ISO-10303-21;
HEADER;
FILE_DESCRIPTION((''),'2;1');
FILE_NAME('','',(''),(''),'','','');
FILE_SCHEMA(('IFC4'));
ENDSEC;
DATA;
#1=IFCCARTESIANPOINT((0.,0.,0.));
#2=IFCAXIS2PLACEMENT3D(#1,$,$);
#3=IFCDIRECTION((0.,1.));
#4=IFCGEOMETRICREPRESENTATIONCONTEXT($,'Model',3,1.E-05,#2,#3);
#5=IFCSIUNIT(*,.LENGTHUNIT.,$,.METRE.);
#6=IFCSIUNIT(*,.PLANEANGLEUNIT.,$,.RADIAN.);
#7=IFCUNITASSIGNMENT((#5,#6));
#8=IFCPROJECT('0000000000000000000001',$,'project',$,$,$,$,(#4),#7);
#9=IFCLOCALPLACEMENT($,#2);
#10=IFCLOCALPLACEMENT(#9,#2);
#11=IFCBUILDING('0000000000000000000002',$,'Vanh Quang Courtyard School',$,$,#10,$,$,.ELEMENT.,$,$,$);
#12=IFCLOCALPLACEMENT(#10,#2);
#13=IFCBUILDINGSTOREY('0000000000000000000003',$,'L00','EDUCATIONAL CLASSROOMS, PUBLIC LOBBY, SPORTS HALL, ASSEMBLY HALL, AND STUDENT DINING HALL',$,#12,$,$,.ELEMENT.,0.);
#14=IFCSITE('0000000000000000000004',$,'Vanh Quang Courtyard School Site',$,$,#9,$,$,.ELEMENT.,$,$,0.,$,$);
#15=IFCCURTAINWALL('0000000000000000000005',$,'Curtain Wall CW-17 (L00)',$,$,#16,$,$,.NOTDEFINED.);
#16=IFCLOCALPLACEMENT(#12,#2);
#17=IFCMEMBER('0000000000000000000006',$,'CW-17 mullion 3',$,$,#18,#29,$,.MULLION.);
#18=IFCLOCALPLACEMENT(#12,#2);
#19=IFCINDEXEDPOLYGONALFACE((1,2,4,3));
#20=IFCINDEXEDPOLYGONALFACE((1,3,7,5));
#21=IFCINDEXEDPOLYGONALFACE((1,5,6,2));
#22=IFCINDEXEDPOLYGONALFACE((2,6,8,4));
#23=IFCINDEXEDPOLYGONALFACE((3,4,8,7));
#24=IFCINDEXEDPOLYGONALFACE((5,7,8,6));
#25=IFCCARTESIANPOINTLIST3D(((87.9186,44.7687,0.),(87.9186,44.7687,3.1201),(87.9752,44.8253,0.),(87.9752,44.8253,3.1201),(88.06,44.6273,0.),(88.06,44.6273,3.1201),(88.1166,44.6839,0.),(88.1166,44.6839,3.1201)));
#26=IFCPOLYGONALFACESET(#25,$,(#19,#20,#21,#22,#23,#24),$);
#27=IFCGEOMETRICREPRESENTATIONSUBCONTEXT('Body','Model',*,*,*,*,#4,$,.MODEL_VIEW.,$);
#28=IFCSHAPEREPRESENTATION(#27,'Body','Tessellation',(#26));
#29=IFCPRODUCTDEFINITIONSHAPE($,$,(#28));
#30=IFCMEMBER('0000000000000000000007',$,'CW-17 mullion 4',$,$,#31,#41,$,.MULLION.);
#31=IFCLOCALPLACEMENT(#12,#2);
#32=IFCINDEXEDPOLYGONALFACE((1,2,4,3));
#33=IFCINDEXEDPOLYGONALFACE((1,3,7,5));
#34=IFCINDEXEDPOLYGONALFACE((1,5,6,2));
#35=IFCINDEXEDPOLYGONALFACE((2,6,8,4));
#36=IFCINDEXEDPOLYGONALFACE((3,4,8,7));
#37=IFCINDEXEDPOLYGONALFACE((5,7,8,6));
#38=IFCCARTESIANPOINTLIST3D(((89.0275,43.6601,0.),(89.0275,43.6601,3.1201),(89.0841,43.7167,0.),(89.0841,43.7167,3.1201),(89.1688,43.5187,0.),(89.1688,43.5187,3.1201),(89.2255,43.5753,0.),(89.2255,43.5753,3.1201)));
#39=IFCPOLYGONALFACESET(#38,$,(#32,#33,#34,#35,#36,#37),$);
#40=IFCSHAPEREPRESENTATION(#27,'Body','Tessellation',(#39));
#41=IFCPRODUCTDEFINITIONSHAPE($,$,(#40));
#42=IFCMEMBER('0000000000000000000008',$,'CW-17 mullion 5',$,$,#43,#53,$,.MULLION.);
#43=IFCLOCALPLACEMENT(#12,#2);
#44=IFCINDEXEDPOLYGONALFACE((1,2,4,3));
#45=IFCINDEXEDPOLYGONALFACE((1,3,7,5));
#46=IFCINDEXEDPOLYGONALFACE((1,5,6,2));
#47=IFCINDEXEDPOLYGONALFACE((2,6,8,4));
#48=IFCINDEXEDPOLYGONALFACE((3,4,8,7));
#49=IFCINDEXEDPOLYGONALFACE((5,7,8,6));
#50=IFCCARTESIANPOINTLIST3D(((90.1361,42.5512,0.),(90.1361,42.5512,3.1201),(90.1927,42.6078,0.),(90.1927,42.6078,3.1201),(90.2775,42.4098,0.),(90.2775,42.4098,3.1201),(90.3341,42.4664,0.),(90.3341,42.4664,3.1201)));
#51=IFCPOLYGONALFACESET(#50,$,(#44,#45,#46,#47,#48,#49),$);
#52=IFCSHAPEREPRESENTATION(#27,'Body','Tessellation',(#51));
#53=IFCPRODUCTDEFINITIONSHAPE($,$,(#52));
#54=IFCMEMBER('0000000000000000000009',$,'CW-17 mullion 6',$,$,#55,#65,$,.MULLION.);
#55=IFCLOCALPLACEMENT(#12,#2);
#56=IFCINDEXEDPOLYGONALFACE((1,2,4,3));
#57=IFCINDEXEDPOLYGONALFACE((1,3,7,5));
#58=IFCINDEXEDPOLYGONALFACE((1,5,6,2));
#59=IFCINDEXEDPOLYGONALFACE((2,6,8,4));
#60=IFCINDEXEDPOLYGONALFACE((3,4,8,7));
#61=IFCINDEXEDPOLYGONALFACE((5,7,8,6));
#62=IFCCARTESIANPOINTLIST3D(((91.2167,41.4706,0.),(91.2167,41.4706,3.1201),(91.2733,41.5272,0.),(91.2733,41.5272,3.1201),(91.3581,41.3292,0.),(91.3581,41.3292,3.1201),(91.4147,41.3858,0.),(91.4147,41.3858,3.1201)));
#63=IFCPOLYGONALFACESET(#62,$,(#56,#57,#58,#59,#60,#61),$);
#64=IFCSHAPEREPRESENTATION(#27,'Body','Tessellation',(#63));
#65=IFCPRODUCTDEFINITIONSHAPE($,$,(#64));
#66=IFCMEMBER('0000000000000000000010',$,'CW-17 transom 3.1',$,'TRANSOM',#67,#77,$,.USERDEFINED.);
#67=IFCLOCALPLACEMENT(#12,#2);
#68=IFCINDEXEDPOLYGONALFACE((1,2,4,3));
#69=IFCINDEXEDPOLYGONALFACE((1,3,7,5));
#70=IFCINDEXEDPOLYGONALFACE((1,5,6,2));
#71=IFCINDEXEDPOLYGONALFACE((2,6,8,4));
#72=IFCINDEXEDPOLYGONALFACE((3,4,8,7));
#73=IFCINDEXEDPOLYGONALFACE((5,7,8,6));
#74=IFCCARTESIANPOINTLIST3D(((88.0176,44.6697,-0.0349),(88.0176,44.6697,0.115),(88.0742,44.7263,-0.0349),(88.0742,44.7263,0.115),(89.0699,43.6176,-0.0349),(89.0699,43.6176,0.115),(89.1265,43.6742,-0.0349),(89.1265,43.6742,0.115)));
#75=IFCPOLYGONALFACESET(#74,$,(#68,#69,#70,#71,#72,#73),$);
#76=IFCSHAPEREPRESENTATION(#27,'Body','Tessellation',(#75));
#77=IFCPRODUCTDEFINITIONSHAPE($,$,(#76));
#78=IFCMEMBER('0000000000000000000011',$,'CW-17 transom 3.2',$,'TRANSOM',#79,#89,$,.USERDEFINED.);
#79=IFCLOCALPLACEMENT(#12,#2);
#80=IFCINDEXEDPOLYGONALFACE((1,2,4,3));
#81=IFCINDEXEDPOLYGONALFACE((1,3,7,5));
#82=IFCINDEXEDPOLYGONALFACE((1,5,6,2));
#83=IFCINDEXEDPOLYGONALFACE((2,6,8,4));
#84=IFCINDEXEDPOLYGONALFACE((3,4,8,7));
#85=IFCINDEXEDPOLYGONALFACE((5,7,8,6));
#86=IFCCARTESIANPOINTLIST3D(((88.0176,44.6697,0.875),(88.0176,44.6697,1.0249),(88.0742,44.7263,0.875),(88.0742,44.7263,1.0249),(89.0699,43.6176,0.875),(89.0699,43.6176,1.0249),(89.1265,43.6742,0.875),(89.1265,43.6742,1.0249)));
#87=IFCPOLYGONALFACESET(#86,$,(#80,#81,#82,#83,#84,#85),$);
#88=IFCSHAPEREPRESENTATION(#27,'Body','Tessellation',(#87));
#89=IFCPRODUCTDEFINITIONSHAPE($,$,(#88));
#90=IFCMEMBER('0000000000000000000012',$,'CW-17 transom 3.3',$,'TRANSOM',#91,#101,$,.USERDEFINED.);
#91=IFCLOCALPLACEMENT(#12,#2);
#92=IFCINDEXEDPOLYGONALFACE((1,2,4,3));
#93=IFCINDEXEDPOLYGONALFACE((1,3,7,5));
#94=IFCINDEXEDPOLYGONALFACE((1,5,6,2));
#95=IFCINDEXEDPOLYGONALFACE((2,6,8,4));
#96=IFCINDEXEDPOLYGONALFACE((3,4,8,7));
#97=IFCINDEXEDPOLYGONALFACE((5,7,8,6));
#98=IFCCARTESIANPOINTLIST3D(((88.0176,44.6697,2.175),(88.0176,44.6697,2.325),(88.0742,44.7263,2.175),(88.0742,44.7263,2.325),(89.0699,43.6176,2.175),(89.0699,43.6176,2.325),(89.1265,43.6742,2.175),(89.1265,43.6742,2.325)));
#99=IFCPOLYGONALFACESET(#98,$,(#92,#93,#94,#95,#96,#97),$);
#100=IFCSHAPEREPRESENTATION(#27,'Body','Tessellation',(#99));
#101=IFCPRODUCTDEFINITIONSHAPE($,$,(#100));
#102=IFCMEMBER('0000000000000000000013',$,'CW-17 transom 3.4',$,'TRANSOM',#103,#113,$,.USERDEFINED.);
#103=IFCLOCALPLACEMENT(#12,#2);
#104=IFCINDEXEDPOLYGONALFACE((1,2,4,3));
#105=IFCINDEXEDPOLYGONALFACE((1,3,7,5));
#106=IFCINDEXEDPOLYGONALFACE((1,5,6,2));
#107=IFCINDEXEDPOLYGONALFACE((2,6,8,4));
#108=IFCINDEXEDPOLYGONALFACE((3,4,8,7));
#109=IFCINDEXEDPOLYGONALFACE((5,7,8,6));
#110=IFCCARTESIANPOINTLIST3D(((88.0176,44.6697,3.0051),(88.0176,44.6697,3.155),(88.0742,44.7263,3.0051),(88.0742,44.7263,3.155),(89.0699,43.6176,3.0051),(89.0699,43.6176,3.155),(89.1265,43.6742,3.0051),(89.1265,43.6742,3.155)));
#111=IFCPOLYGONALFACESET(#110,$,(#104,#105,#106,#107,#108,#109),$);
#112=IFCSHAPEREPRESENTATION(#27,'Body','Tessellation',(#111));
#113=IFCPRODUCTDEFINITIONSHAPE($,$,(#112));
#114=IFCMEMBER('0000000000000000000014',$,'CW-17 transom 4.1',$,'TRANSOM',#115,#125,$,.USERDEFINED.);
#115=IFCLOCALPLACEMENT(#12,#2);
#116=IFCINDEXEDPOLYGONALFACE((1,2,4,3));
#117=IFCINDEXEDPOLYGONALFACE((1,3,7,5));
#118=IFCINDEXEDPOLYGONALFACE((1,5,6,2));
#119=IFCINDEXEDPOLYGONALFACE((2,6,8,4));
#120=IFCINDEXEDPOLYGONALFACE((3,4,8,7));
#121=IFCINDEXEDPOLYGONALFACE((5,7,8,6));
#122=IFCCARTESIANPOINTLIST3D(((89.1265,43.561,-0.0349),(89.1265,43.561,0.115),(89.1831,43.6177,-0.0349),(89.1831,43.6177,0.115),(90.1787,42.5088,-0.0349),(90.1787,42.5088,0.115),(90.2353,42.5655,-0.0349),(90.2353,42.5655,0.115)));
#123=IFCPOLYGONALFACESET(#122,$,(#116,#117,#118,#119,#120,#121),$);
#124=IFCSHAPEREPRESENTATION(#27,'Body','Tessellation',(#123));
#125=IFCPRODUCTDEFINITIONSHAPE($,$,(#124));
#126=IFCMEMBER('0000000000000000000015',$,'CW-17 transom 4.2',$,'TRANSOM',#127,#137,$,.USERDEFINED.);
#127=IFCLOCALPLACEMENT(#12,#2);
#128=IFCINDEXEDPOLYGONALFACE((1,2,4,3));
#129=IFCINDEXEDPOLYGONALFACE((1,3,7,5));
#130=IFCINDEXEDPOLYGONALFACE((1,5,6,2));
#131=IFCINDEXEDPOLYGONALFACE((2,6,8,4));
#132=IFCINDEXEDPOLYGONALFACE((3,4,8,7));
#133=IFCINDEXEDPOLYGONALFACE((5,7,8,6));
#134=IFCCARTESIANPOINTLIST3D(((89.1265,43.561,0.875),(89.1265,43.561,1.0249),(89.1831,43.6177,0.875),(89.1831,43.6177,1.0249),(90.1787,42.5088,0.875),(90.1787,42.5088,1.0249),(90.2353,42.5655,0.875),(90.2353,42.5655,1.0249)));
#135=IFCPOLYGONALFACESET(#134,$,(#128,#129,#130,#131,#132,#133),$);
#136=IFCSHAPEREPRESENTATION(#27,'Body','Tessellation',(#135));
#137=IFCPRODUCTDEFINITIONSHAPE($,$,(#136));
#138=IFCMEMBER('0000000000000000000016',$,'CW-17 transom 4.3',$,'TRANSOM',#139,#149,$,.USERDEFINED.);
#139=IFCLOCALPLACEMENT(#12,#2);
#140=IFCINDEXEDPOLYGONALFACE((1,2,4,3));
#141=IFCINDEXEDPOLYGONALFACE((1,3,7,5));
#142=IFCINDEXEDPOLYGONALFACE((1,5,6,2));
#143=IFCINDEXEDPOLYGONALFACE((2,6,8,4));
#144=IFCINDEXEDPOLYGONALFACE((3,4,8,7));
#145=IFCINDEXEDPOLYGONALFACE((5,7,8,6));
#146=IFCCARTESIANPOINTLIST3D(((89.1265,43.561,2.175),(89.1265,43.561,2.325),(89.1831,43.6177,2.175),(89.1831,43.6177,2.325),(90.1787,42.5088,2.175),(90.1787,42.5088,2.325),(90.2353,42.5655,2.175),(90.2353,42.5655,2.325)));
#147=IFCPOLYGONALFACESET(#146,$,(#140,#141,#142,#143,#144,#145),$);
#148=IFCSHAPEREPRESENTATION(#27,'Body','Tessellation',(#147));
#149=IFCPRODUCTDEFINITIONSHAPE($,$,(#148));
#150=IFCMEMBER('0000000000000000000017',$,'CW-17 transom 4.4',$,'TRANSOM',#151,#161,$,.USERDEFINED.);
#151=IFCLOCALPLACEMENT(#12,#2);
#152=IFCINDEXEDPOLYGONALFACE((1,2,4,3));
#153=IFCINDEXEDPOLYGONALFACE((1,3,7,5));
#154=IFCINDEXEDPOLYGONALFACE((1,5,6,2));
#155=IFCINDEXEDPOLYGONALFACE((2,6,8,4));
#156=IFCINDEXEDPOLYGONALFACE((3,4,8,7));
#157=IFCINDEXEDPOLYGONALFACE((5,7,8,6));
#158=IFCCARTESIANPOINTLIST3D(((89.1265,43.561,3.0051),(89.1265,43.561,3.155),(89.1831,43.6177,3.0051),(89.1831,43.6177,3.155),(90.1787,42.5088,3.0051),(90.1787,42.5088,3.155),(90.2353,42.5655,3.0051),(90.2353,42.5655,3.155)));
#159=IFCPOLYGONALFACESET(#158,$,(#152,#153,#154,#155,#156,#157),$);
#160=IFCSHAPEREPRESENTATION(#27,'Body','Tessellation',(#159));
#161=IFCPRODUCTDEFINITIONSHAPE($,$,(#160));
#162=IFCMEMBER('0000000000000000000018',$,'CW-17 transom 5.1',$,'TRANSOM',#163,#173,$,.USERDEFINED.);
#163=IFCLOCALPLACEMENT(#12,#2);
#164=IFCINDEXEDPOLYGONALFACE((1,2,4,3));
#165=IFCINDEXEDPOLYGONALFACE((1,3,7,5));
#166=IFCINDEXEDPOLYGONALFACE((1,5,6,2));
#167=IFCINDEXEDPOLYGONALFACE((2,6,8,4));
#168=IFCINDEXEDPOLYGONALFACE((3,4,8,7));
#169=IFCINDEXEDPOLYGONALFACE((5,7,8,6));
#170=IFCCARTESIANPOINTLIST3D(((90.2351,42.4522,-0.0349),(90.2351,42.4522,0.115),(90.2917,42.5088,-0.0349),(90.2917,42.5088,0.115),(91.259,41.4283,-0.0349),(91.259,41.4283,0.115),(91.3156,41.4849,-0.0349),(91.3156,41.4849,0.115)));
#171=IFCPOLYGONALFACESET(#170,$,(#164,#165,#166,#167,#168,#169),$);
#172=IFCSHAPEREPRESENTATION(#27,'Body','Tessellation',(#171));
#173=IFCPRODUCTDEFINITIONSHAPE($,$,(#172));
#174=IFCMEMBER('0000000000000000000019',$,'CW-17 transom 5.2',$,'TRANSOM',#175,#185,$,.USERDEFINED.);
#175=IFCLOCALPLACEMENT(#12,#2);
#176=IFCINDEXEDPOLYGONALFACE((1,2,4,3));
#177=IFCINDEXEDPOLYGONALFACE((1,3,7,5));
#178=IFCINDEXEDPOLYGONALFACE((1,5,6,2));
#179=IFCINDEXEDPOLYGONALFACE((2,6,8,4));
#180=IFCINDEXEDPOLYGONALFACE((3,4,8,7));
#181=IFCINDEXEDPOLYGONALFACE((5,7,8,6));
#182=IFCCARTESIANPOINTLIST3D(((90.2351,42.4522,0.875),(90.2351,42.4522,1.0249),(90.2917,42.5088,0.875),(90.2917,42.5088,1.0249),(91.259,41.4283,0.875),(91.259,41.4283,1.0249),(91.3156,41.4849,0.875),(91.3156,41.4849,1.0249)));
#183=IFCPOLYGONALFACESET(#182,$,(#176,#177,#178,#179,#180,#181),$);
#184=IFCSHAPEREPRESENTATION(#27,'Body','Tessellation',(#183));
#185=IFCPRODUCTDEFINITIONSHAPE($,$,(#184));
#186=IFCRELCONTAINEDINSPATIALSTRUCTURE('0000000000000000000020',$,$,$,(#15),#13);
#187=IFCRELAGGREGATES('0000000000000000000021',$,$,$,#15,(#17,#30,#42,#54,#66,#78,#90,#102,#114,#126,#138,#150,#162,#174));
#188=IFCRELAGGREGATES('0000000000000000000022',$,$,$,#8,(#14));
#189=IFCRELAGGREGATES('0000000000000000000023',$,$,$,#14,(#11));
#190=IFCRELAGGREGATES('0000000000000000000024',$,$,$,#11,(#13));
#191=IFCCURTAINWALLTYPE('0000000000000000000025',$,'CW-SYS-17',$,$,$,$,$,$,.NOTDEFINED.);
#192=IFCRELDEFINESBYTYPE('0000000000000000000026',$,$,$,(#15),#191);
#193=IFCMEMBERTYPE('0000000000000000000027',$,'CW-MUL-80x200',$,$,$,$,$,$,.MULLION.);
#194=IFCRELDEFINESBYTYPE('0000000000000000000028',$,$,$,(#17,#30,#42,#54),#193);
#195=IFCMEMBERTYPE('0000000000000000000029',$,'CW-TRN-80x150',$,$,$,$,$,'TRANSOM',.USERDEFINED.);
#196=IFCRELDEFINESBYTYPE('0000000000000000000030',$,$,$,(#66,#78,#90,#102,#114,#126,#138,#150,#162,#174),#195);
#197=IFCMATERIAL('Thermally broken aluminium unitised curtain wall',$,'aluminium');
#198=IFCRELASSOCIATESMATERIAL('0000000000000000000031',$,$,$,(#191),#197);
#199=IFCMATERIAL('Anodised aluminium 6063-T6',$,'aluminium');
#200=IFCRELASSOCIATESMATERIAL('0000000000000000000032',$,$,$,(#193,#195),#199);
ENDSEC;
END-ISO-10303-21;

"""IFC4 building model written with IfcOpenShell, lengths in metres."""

from ifc_helpers import new_model, si_unit, direction, frame, origin, origin_2d, place, context, subcontext, project, spatial, rectangle, extrude, material, material_profile, profile_set, type_object, element, aggregate, save


model = new_model("IFC4")

# Units and contexts
model_context = context("Model", 3, precision=1e-05, world=origin(), true_north=direction((0.0, 1.0)))
body_context = subcontext(model_context, "Body", "Model", "MODEL_VIEW")
ifc_project = project(units=[si_unit("LENGTHUNIT", "METRE"), si_unit("PLANEANGLEUNIT", "RADIAN")], contexts=[model_context])

# Site, building, storey
site_placement = place(None, origin())
site = spatial("IfcSite", under=ifc_project, at=site_placement, Name="Vanh Quang Courtyard School Site", CompositionType="ELEMENT", RefElevation=0.0)
building_placement = place(site_placement, origin())
building = spatial("IfcBuilding", under=site, at=building_placement, Name="Vanh Quang Courtyard School", CompositionType="ELEMENT")
storey_placement = place(building_placement, origin())
storey = spatial("IfcBuildingStorey", under=building, at=storey_placement, Name="L00", Description="EDUCATIONAL CLASSROOMS, PUBLIC LOBBY, SPORTS HALL, ASSEMBLY HALL, AND STUDENT DINING HALL", CompositionType="ELEMENT", Elevation=0.0)

# Curtain wall, members
ifc_material_1 = material(Name="Thermally broken aluminium unitised curtain wall", Category="aluminium")
curtain_wall_type = type_object("IfcCurtainWallType", Name="CW-SYS-17", PredefinedType="NOTDEFINED", material=ifc_material_1)
curtain_wall_placement = place(storey_placement, origin())
curtain_wall = element("IfcCurtainWall", 1, at=curtain_wall_placement, inside=storey, type_object=curtain_wall_type, Name="Curtain Wall CW-17 (L00)", PredefinedType="NOTDEFINED")
ifc_material_2 = material(Name="Anodised aluminium 6063-T6", Category="aluminium")
ifc_material_profile_1 = material_profile(ifc_material_2, rectangle(XDim=0.0801, YDim=0.2, at=origin_2d()), Name="ALU-MUL 80x200")
ifc_profile_set_1 = profile_set([ifc_material_profile_1], Name="Anodised aluminium 6063-T6")
member_type_1 = type_object("IfcMemberType", Name="CW-MUL-80x200", PredefinedType="MULLION", material=ifc_profile_set_1)
member_1_placement = place(storey_placement, frame((88.0176, 44.7263, 0.0), z_axis=(0.0, 0.0, 1.0), x_axis=(0.707107, 0.707107, 0.0)))
member_1 = element("IfcMember", 2, at=member_1_placement, type_object=member_type_1, Name="CW-17 mullion 3", PredefinedType="MULLION", context=body_context, shape_type="SweptSolid", body=[
    extrude(rectangle(XDim=0.0801, YDim=0.2, at=origin_2d()), origin(), (0.0, 0.0, 1.0), 3.1201),
])
member_2_placement = place(storey_placement, frame((89.1265, 43.6177, 0.0), z_axis=(0.0, 0.0, 1.0), x_axis=(0.707107, 0.707107, 0.0)))
member_2 = element("IfcMember", 3, at=member_2_placement, type_object=member_type_1, Name="CW-17 mullion 4", PredefinedType="MULLION", context=body_context, shape_type="SweptSolid", body=[
    extrude(rectangle(XDim=0.0801, YDim=0.2, at=origin_2d()), origin(), (0.0, 0.0, 1.0), 3.1201),
])
member_3_placement = place(storey_placement, frame((90.2351, 42.5088, 0.0), z_axis=(0.0, 0.0, 1.0), x_axis=(0.707107, 0.707107, 0.0)))
member_3 = element("IfcMember", 4, at=member_3_placement, type_object=member_type_1, Name="CW-17 mullion 5", PredefinedType="MULLION", context=body_context, shape_type="SweptSolid", body=[
    extrude(rectangle(XDim=0.0801, YDim=0.2, at=origin_2d()), origin(), (0.0, 0.0, 1.0), 3.1201),
])
member_4_placement = place(storey_placement, frame((91.3157, 41.4282, 0.0), z_axis=(0.0, 0.0, 1.0), x_axis=(0.707107, 0.707107, 0.0)))
member_4 = element("IfcMember", 5, at=member_4_placement, type_object=member_type_1, Name="CW-17 mullion 6", PredefinedType="MULLION", context=body_context, shape_type="SweptSolid", body=[
    extrude(rectangle(XDim=0.0801, YDim=0.2, at=origin_2d()), origin(), (0.0, 0.0, 1.0), 3.1201),
])
ifc_material_profile_2 = material_profile(ifc_material_2, rectangle(XDim=0.0801, YDim=0.1499, at=origin_2d()), Name="ALU-TRN 80x150")
ifc_profile_set_2 = profile_set([ifc_material_profile_2], Name="Anodised aluminium 6063-T6")
member_type_2 = type_object("IfcMemberType", Name="CW-TRN-80x150", ElementType="TRANSOM", PredefinedType="USERDEFINED", material=ifc_profile_set_2)
member_5_placement = place(storey_placement, frame((88.0459, 44.698, 0.04), z_axis=(0.707189, -0.707025, 0.0), x_axis=(0.707025, 0.707189, 0.0)))
member_5 = element("IfcMember", 6, at=member_5_placement, type_object=member_type_2, Name="CW-17 transom 3.1", ObjectType="TRANSOM", PredefinedType="USERDEFINED", context=body_context, shape_type="SweptSolid", body=[
    extrude(rectangle(XDim=0.0801, YDim=0.1499, at=origin_2d()), origin(), (0.0, 0.0, 1.0), 1.488),
])
member_6_placement = place(storey_placement, frame((88.0459, 44.698, 0.95), z_axis=(0.707189, -0.707025, 0.0), x_axis=(0.707025, 0.707189, 0.0)))
member_6 = element("IfcMember", 7, at=member_6_placement, type_object=member_type_2, Name="CW-17 transom 3.2", ObjectType="TRANSOM", PredefinedType="USERDEFINED", context=body_context, shape_type="SweptSolid", body=[
    extrude(rectangle(XDim=0.0801, YDim=0.1499, at=origin_2d()), origin(), (0.0, 0.0, 1.0), 1.488),
])
member_7_placement = place(storey_placement, frame((88.0459, 44.698, 2.25), z_axis=(0.707189, -0.707025, 0.0), x_axis=(0.707025, 0.707189, 0.0)))
member_7 = element("IfcMember", 8, at=member_7_placement, type_object=member_type_2, Name="CW-17 transom 3.3", ObjectType="TRANSOM", PredefinedType="USERDEFINED", context=body_context, shape_type="SweptSolid", body=[
    extrude(rectangle(XDim=0.0801, YDim=0.1499, at=origin_2d()), origin(), (0.0, 0.0, 1.0), 1.488),
])
member_8_placement = place(storey_placement, frame((88.0459, 44.698, 3.0801), z_axis=(0.707189, -0.707025, 0.0), x_axis=(0.707025, 0.707189, 0.0)))
member_8 = element("IfcMember", 9, at=member_8_placement, type_object=member_type_2, Name="CW-17 transom 3.4", ObjectType="TRANSOM", PredefinedType="USERDEFINED", context=body_context, shape_type="SweptSolid", body=[
    extrude(rectangle(XDim=0.0801, YDim=0.1499, at=origin_2d()), origin(), (0.0, 0.0, 1.0), 1.488),
])
member_9_placement = place(storey_placement, frame((89.1548, 43.5894, 0.04), z_axis=(0.707107, -0.707107, 0.0), x_axis=(0.707107, 0.707107, 0.0)))
member_9 = element("IfcMember", 10, at=member_9_placement, type_object=member_type_2, Name="CW-17 transom 4.1", ObjectType="TRANSOM", PredefinedType="USERDEFINED", context=body_context, shape_type="SweptSolid", body=[
    extrude(rectangle(XDim=0.0801, YDim=0.1499, at=origin_2d()), origin(), (0.0, 0.0, 1.0), 1.488),
])
member_10_placement = place(storey_placement, frame((89.1548, 43.5894, 0.95), z_axis=(0.707107, -0.707107, 0.0), x_axis=(0.707107, 0.707107, 0.0)))
member_10 = element("IfcMember", 11, at=member_10_placement, type_object=member_type_2, Name="CW-17 transom 4.2", ObjectType="TRANSOM", PredefinedType="USERDEFINED", context=body_context, shape_type="SweptSolid", body=[
    extrude(rectangle(XDim=0.0801, YDim=0.1499, at=origin_2d()), origin(), (0.0, 0.0, 1.0), 1.488),
])
member_11_placement = place(storey_placement, frame((89.1548, 43.5894, 2.25), z_axis=(0.707107, -0.707107, 0.0), x_axis=(0.707107, 0.707107, 0.0)))
member_11 = element("IfcMember", 12, at=member_11_placement, type_object=member_type_2, Name="CW-17 transom 4.3", ObjectType="TRANSOM", PredefinedType="USERDEFINED", context=body_context, shape_type="SweptSolid", body=[
    extrude(rectangle(XDim=0.0801, YDim=0.1499, at=origin_2d()), origin(), (0.0, 0.0, 1.0), 1.488),
])
member_12_placement = place(storey_placement, frame((89.1548, 43.5894, 3.0801), z_axis=(0.707107, -0.707107, 0.0), x_axis=(0.707107, 0.707107, 0.0)))
member_12 = element("IfcMember", 13, at=member_12_placement, type_object=member_type_2, Name="CW-17 transom 4.4", ObjectType="TRANSOM", PredefinedType="USERDEFINED", context=body_context, shape_type="SweptSolid", body=[
    extrude(rectangle(XDim=0.0801, YDim=0.1499, at=origin_2d()), origin(), (0.0, 0.0, 1.0), 1.488),
])
member_13_placement = place(storey_placement, frame((90.2634, 42.4805, 0.04), z_axis=(0.707107, -0.707107, 0.0), x_axis=(0.707107, 0.707107, 0.0)))
member_13 = element("IfcMember", 14, at=member_13_placement, type_object=member_type_2, Name="CW-17 transom 5.1", ObjectType="TRANSOM", PredefinedType="USERDEFINED", context=body_context, shape_type="SweptSolid", body=[
    extrude(rectangle(XDim=0.0801, YDim=0.1499, at=origin_2d()), origin(), (0.0, 0.0, 1.0), 1.448),
])
member_14_placement = place(storey_placement, frame((90.2634, 42.4805, 0.95), z_axis=(0.707107, -0.707107, 0.0), x_axis=(0.707107, 0.707107, 0.0)))
member_14 = element("IfcMember", 15, at=member_14_placement, type_object=member_type_2, Name="CW-17 transom 5.2", ObjectType="TRANSOM", PredefinedType="USERDEFINED", context=body_context, shape_type="SweptSolid", body=[
    extrude(rectangle(XDim=0.0801, YDim=0.1499, at=origin_2d()), origin(), (0.0, 0.0, 1.0), 1.448),
])
aggregate(curtain_wall, [member_1, member_2, member_3, member_4, member_5, member_6, member_7, member_8, member_9, member_10, member_11, member_12, member_13, member_14])

save(model, "model.ifc")
